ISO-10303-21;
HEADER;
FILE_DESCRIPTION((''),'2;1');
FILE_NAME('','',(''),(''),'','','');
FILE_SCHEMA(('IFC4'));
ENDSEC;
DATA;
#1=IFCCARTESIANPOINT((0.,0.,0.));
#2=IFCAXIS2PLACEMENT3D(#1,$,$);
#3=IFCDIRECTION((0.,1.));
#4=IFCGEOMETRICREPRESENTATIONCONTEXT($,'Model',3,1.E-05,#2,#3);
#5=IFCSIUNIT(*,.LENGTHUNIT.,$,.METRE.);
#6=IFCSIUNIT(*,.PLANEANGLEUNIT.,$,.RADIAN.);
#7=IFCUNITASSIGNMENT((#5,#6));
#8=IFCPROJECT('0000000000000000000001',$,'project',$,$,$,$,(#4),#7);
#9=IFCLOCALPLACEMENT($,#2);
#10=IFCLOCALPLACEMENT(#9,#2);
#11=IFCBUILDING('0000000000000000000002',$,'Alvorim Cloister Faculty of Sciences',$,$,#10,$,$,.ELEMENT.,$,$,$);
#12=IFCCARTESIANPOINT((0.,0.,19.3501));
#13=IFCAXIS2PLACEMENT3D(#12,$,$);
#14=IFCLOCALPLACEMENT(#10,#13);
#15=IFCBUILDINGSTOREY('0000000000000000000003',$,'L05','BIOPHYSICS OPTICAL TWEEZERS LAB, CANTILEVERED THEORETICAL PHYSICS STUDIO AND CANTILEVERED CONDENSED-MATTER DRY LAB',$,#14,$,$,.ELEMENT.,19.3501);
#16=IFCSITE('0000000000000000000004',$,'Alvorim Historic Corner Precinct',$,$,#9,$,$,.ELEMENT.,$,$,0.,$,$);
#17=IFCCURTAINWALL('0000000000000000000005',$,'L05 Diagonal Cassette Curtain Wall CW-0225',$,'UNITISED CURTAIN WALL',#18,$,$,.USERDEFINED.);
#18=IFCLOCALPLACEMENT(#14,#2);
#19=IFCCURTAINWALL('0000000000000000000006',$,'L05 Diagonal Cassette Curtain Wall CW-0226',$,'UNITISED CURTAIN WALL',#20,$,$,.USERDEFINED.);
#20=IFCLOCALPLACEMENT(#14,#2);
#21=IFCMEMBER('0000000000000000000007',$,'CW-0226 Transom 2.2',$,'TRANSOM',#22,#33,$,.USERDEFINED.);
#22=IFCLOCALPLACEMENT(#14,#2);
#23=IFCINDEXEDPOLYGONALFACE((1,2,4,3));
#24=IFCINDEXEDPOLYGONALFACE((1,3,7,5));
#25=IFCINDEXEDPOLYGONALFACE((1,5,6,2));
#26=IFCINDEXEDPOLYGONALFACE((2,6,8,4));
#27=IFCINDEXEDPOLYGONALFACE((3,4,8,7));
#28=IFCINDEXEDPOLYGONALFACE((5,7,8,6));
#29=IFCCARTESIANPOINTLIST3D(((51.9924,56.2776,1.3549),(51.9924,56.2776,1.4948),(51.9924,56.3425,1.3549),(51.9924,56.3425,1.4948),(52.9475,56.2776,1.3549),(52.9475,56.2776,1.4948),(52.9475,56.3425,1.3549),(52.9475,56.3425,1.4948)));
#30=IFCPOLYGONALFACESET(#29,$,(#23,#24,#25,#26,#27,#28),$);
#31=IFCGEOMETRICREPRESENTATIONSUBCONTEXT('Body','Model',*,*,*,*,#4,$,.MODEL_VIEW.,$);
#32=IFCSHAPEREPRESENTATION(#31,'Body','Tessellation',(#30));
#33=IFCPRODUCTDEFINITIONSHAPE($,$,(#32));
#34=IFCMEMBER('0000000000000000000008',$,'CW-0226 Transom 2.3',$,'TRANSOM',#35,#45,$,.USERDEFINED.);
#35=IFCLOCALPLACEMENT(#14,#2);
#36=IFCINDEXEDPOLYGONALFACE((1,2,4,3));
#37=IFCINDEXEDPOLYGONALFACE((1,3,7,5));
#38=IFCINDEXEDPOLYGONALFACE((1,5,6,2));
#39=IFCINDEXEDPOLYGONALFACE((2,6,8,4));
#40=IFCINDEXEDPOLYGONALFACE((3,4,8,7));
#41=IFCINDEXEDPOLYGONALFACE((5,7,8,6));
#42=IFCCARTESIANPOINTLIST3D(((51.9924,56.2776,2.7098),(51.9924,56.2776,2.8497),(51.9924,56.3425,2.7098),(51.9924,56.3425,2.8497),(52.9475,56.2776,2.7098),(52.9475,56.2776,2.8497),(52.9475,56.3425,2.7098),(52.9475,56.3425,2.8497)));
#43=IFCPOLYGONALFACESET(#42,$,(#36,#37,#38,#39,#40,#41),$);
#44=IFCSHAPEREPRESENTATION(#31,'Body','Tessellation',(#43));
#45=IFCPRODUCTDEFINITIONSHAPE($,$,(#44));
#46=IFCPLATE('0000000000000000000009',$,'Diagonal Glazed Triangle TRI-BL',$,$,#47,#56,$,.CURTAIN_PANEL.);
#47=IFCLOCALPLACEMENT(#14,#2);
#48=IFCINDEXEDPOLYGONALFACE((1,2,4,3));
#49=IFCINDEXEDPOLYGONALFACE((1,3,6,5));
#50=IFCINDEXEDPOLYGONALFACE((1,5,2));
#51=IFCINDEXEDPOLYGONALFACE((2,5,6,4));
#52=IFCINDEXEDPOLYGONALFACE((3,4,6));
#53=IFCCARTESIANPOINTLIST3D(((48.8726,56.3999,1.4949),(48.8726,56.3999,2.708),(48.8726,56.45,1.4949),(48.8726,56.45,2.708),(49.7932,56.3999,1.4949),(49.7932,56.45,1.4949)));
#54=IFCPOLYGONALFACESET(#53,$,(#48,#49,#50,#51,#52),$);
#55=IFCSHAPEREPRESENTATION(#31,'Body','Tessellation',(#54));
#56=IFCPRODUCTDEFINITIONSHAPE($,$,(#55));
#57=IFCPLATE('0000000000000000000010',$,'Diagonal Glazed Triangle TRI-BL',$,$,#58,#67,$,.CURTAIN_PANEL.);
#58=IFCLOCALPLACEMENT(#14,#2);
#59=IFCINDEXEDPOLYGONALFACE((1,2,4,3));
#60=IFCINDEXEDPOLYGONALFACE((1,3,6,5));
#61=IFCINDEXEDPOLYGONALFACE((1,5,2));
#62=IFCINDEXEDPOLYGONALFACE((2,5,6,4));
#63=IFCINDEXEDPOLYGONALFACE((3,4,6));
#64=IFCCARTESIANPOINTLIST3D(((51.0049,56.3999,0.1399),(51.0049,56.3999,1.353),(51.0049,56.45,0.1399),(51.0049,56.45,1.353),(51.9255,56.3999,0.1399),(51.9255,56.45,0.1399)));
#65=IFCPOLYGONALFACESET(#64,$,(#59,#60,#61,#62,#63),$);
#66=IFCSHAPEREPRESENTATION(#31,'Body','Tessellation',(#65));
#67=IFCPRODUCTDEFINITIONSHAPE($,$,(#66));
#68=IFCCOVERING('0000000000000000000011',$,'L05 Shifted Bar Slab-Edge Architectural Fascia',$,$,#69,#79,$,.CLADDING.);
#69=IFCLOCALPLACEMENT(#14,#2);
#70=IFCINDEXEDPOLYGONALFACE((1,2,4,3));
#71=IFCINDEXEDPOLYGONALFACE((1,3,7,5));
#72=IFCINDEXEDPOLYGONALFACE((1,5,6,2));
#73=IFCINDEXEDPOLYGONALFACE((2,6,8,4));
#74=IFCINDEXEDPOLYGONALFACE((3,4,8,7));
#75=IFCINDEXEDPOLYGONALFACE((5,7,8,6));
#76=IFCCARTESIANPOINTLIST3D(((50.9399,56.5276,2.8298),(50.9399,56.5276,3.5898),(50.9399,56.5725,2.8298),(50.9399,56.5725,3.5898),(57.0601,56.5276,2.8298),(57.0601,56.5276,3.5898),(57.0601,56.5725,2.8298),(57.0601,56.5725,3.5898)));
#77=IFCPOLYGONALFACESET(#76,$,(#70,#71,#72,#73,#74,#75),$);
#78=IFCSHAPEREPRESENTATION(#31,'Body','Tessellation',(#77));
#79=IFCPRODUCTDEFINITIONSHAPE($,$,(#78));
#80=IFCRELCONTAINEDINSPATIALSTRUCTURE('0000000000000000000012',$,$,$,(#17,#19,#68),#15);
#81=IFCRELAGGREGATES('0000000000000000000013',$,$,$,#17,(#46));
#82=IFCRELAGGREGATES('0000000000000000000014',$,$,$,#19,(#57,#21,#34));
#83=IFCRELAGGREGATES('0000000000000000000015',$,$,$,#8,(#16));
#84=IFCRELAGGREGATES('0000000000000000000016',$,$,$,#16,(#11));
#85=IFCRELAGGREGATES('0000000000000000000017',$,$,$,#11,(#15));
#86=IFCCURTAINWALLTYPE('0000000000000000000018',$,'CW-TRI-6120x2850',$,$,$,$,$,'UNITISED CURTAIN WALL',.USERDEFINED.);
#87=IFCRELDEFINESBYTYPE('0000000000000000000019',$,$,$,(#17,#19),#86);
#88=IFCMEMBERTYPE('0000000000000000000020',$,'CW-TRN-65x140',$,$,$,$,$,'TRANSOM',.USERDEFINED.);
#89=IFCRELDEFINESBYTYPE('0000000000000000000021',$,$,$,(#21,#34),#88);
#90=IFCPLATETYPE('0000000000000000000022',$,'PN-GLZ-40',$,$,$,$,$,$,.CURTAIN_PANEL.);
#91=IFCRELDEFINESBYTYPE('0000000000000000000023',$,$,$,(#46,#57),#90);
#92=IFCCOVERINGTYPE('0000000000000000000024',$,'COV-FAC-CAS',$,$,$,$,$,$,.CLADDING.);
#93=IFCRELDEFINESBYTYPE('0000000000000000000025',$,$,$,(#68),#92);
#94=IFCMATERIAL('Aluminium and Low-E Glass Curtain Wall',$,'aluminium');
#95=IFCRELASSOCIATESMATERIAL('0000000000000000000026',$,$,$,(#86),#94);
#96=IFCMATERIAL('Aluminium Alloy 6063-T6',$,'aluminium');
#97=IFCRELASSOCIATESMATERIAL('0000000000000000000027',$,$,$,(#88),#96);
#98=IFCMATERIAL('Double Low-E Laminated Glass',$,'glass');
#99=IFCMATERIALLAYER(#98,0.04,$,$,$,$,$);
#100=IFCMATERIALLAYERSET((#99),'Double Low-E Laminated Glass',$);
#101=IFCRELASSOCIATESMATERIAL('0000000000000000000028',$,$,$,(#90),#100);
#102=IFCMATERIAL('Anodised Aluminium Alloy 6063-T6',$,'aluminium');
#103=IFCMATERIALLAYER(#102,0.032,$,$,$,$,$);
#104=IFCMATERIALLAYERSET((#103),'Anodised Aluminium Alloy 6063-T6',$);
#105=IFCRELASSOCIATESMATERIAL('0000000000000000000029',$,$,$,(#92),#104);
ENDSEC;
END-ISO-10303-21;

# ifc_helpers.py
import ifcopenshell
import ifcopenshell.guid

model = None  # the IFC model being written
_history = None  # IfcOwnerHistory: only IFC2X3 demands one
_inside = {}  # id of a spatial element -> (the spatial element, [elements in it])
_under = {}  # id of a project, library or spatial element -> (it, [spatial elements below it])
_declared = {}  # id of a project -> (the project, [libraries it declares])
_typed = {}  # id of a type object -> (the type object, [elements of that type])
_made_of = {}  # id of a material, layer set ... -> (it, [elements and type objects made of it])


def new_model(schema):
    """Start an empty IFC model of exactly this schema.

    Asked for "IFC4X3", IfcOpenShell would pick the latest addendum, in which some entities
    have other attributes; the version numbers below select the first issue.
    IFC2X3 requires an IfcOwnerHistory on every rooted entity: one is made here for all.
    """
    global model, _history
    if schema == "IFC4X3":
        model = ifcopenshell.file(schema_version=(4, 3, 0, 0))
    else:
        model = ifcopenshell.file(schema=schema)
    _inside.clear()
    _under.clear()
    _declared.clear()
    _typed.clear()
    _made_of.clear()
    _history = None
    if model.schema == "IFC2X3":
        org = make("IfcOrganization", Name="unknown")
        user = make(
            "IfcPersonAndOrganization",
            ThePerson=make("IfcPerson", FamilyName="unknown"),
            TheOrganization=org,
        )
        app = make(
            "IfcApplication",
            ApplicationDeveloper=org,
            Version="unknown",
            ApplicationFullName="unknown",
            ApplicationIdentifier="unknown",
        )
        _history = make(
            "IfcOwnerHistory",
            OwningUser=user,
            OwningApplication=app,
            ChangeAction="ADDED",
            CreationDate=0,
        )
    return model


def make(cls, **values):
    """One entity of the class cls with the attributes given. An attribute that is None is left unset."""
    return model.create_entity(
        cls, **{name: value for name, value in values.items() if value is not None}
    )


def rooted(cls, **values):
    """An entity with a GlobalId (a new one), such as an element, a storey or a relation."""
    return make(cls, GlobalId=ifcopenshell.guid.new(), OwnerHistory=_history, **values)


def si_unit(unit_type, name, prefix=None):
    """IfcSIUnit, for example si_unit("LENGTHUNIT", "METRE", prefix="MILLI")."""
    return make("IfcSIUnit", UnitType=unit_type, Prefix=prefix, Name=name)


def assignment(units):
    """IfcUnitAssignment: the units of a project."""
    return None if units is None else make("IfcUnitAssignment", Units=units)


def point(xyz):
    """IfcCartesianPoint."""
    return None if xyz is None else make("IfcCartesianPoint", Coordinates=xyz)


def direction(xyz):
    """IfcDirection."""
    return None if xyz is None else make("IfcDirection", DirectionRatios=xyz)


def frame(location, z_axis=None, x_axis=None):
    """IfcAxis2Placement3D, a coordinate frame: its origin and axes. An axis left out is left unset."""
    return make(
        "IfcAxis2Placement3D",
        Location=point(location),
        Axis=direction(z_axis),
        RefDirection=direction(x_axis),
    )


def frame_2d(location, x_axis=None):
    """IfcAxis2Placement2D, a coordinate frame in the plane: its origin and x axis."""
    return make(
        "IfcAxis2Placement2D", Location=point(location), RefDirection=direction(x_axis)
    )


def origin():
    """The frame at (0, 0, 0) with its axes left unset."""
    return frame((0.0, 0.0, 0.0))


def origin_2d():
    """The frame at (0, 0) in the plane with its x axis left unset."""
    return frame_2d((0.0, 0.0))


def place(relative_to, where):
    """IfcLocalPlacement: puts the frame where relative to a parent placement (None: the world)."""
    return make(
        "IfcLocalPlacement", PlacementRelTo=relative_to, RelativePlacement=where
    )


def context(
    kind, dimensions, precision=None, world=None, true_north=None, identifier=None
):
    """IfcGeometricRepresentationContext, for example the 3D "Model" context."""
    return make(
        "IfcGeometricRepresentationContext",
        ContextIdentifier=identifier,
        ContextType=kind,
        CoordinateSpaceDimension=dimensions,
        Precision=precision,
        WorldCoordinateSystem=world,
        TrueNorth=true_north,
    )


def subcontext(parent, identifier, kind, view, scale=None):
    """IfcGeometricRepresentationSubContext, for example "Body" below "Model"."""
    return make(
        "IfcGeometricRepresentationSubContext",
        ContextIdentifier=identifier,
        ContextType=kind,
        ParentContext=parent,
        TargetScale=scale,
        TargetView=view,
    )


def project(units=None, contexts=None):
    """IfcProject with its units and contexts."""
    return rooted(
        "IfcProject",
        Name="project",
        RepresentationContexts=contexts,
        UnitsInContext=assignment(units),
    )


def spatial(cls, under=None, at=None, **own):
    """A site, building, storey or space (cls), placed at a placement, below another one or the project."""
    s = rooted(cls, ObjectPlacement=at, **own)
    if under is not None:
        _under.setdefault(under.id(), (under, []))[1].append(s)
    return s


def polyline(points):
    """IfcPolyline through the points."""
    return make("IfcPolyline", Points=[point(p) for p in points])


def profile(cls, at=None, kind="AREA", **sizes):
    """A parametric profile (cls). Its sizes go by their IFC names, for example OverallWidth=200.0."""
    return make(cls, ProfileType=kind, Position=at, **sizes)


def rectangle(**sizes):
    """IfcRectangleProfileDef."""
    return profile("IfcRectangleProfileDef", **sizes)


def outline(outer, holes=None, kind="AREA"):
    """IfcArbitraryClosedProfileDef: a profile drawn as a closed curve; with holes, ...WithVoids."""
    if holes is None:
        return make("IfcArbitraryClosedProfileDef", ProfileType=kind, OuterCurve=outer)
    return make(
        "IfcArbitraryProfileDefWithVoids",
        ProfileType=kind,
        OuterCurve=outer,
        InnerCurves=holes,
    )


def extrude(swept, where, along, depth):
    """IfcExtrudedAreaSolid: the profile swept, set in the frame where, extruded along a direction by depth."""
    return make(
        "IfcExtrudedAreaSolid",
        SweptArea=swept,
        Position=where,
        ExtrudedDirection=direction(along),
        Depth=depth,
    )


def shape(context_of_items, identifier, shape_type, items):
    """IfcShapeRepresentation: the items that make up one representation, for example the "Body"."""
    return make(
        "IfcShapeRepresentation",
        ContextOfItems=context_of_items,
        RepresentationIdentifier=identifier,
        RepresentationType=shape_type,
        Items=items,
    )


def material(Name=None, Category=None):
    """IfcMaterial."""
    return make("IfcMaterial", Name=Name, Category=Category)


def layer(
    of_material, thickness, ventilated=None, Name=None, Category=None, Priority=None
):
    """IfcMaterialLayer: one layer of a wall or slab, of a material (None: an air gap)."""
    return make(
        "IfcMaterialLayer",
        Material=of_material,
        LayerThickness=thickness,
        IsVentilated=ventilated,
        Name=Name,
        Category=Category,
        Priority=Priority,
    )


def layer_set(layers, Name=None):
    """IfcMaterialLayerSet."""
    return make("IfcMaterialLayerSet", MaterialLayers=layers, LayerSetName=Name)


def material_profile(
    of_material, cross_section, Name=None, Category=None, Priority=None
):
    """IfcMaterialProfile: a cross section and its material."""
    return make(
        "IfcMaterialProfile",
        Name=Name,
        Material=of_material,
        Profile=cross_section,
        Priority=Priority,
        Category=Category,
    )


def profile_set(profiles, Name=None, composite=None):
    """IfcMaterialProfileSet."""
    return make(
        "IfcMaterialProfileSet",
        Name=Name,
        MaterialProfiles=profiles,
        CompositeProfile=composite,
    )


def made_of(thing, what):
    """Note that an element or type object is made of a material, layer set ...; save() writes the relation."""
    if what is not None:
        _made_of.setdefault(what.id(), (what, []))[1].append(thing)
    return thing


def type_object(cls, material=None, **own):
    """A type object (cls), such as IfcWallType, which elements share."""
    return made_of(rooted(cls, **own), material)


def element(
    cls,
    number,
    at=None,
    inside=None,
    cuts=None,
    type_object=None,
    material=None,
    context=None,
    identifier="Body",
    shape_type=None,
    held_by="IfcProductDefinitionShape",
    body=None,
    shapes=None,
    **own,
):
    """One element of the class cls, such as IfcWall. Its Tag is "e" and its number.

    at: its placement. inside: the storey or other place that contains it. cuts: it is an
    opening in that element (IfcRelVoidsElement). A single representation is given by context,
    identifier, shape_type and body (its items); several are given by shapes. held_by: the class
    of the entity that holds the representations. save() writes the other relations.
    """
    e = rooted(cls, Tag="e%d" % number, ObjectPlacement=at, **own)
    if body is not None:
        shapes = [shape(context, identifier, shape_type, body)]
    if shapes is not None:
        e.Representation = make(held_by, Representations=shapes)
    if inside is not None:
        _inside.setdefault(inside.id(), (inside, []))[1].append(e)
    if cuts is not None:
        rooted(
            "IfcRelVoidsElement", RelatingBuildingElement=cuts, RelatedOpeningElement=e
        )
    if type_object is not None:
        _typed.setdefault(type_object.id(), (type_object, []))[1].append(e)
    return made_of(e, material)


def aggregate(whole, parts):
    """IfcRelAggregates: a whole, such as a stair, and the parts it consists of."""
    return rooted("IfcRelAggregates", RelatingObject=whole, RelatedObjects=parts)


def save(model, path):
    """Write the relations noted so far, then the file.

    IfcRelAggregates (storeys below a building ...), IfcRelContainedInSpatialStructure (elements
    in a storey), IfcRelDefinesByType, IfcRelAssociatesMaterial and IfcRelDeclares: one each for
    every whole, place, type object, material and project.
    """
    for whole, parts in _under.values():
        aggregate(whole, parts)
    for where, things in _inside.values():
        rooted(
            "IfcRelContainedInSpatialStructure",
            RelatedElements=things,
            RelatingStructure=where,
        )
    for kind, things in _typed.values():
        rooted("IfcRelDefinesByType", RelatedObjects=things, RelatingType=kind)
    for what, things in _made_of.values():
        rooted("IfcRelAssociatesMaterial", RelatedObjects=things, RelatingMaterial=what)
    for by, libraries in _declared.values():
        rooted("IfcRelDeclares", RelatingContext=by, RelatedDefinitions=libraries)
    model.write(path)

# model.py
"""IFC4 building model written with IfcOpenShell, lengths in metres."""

from ifc_helpers import new_model, si_unit, direction, frame, origin, origin_2d, place, context, subcontext, project, spatial, polyline, rectangle, outline, extrude, material, layer, layer_set, material_profile, profile_set, type_object, element, aggregate, save


model = new_model("IFC4")

# Units and contexts
model_context = context("Model", 3, precision=1e-05, world=origin(), true_north=direction((0.0, 1.0)))
body_context = subcontext(model_context, "Body", "Model", "MODEL_VIEW")
ifc_project = project(units=[si_unit("LENGTHUNIT", "METRE"), si_unit("PLANEANGLEUNIT", "RADIAN")], contexts=[model_context])

# Site, building, storey
site_placement = place(None, origin())
site = spatial("IfcSite", under=ifc_project, at=site_placement, Name="Alvorim Historic Corner Precinct", CompositionType="ELEMENT", RefElevation=0.0)
building_placement = place(site_placement, origin())
building = spatial("IfcBuilding", under=site, at=building_placement, Name="Alvorim Cloister Faculty of Sciences", CompositionType="ELEMENT")
storey_placement = place(building_placement, frame((0.0, 0.0, 19.3501)))
storey = spatial("IfcBuildingStorey", under=building, at=storey_placement, Name="L05", Description="BIOPHYSICS OPTICAL TWEEZERS LAB, CANTILEVERED THEORETICAL PHYSICS STUDIO AND CANTILEVERED CONDENSED-MATTER DRY LAB", CompositionType="ELEMENT", Elevation=19.3501)

# Curtain walls
ifc_material_1 = material(Name="Aluminium and Low-E Glass Curtain Wall", Category="aluminium")
curtain_wall_type = type_object("IfcCurtainWallType", Name="CW-TRI-6120x2850", ElementType="UNITISED CURTAIN WALL", PredefinedType="USERDEFINED", material=ifc_material_1)
curtain_wall_1_placement = place(storey_placement, origin())
curtain_wall_1 = element("IfcCurtainWall", 1, at=curtain_wall_1_placement, inside=storey, type_object=curtain_wall_type, Name="L05 Diagonal Cassette Curtain Wall CW-0225", ObjectType="UNITISED CURTAIN WALL", PredefinedType="USERDEFINED")
ifc_material_2 = material(Name="Aluminium Alloy 6063-T6", Category="aluminium")
curtain_wall_2_placement = place(storey_placement, origin())
curtain_wall_2 = element("IfcCurtainWall", 2, at=curtain_wall_2_placement, inside=storey, type_object=curtain_wall_type, Name="L05 Diagonal Cassette Curtain Wall CW-0226", ObjectType="UNITISED CURTAIN WALL", PredefinedType="USERDEFINED")

# Members
ifc_material_profile_1 = material_profile(ifc_material_2, rectangle(XDim=0.0649, YDim=0.1399, at=origin_2d()), Name="ALU-TRN-65x140")
ifc_profile_set_1 = profile_set([ifc_material_profile_1], Name="Aluminium Alloy 6063-T6")
member_type_1 = type_object("IfcMemberType", Name="CW-TRN-65x140", ElementType="TRANSOM", PredefinedType="USERDEFINED", material=ifc_profile_set_1)
member_1_placement = place(storey_placement, frame((51.9924, 56.3101, 1.4248), z_axis=(1.0, 0.0, 0.0), x_axis=(0.0, 1.0, 0.0)))
member_1 = element("IfcMember", 3, at=member_1_placement, type_object=member_type_1, Name="CW-0226 Transom 2.2", ObjectType="TRANSOM", PredefinedType="USERDEFINED", context=body_context, shape_type="SweptSolid", body=[
    extrude(rectangle(XDim=0.0649, YDim=0.1399, at=origin_2d()), origin(), (0.0, 0.0, 1.0), 0.9551),
])
member_2_placement = place(storey_placement, frame((51.9924, 56.3101, 2.7798), z_axis=(1.0, 0.0, 0.0), x_axis=(0.0, 1.0, 0.0)))
member_2 = element("IfcMember", 4, at=member_2_placement, type_object=member_type_1, Name="CW-0226 Transom 2.3", ObjectType="TRANSOM", PredefinedType="USERDEFINED", context=body_context, shape_type="SweptSolid", body=[
    extrude(rectangle(XDim=0.0649, YDim=0.1399, at=origin_2d()), origin(), (0.0, 0.0, 1.0), 0.9551),
])

# Plates
ifc_material_3 = material(Name="Double Low-E Laminated Glass", Category="glass")
ifc_layer_1 = layer(ifc_material_3, 0.04)
ifc_layer_set_1 = layer_set([ifc_layer_1], Name="Double Low-E Laminated Glass")
plate_type = type_object("IfcPlateType", Name="PN-GLZ-40", PredefinedType="CURTAIN_PANEL", material=ifc_layer_set_1)
plate_1_placement = place(storey_placement, frame((48.8726, 56.425, 1.4949), z_axis=(0.0, 0.0, 1.0), x_axis=(1.0, 0.0, 0.0)))
plate_1 = element("IfcPlate", 5, at=plate_1_placement, type_object=plate_type, Name="Diagonal Glazed Triangle TRI-BL", PredefinedType="CURTAIN_PANEL", context=body_context, shape_type="SweptSolid", body=[
    extrude(outline(polyline([(0.0, 0.0), (0.9207, 0.0), (0.0, 1.2131), (0.0, 0.0)])), frame((0.0, 0.0249, 0.0), z_axis=(0.0, -1.0, 0.0), x_axis=(1.0, 0.0, 0.0)), (0.0, 0.0, 1.0), 0.05),
])
aggregate(curtain_wall_1, [plate_1])
plate_2_placement = place(storey_placement, frame((51.0049, 56.425, 0.1399), z_axis=(0.0, 0.0, 1.0), x_axis=(1.0, 0.0, 0.0)))
plate_2 = element("IfcPlate", 6, at=plate_2_placement, type_object=plate_type, Name="Diagonal Glazed Triangle TRI-BL", PredefinedType="CURTAIN_PANEL", context=body_context, shape_type="SweptSolid", body=[
    extrude(outline(polyline([(0.0, 0.0), (0.9207, 0.0), (0.0, 1.2131), (0.0, 0.0)])), frame((0.0, 0.0249, 0.0), z_axis=(0.0, -1.0, 0.0), x_axis=(1.0, 0.0, 0.0)), (0.0, 0.0, 1.0), 0.05),
])
aggregate(curtain_wall_2, [plate_2, member_1, member_2])

# Covering
ifc_material_4 = material(Name="Anodised Aluminium Alloy 6063-T6", Category="aluminium")
ifc_layer_2 = layer(ifc_material_4, 0.032)
ifc_layer_set_2 = layer_set([ifc_layer_2], Name="Anodised Aluminium Alloy 6063-T6")
covering_type = type_object("IfcCoveringType", Name="COV-FAC-CAS", PredefinedType="CLADDING", material=ifc_layer_set_2)
covering_placement = place(storey_placement, frame((50.9399, 56.55, 2.8298), z_axis=(0.0, 0.0, 1.0), x_axis=(1.0, 0.0, 0.0)))
element("IfcCovering", 7, at=covering_placement, inside=storey, type_object=covering_type, Name="L05 Shifted Bar Slab-Edge Architectural Fascia", PredefinedType="CLADDING", context=body_context, shape_type="SweptSolid", body=[
    extrude(outline(polyline([(0.0, 0.0), (6.1201, 0.0), (6.1201, 0.76), (0.0, 0.76), (0.0, 0.0)])), frame((0.0, 0.0225, 0.0), z_axis=(0.0, -1.0, 0.0), x_axis=(1.0, 0.0, 0.0)), (0.0, 0.0, 1.0), 0.0449),
])

save(model, "model.ifc")
